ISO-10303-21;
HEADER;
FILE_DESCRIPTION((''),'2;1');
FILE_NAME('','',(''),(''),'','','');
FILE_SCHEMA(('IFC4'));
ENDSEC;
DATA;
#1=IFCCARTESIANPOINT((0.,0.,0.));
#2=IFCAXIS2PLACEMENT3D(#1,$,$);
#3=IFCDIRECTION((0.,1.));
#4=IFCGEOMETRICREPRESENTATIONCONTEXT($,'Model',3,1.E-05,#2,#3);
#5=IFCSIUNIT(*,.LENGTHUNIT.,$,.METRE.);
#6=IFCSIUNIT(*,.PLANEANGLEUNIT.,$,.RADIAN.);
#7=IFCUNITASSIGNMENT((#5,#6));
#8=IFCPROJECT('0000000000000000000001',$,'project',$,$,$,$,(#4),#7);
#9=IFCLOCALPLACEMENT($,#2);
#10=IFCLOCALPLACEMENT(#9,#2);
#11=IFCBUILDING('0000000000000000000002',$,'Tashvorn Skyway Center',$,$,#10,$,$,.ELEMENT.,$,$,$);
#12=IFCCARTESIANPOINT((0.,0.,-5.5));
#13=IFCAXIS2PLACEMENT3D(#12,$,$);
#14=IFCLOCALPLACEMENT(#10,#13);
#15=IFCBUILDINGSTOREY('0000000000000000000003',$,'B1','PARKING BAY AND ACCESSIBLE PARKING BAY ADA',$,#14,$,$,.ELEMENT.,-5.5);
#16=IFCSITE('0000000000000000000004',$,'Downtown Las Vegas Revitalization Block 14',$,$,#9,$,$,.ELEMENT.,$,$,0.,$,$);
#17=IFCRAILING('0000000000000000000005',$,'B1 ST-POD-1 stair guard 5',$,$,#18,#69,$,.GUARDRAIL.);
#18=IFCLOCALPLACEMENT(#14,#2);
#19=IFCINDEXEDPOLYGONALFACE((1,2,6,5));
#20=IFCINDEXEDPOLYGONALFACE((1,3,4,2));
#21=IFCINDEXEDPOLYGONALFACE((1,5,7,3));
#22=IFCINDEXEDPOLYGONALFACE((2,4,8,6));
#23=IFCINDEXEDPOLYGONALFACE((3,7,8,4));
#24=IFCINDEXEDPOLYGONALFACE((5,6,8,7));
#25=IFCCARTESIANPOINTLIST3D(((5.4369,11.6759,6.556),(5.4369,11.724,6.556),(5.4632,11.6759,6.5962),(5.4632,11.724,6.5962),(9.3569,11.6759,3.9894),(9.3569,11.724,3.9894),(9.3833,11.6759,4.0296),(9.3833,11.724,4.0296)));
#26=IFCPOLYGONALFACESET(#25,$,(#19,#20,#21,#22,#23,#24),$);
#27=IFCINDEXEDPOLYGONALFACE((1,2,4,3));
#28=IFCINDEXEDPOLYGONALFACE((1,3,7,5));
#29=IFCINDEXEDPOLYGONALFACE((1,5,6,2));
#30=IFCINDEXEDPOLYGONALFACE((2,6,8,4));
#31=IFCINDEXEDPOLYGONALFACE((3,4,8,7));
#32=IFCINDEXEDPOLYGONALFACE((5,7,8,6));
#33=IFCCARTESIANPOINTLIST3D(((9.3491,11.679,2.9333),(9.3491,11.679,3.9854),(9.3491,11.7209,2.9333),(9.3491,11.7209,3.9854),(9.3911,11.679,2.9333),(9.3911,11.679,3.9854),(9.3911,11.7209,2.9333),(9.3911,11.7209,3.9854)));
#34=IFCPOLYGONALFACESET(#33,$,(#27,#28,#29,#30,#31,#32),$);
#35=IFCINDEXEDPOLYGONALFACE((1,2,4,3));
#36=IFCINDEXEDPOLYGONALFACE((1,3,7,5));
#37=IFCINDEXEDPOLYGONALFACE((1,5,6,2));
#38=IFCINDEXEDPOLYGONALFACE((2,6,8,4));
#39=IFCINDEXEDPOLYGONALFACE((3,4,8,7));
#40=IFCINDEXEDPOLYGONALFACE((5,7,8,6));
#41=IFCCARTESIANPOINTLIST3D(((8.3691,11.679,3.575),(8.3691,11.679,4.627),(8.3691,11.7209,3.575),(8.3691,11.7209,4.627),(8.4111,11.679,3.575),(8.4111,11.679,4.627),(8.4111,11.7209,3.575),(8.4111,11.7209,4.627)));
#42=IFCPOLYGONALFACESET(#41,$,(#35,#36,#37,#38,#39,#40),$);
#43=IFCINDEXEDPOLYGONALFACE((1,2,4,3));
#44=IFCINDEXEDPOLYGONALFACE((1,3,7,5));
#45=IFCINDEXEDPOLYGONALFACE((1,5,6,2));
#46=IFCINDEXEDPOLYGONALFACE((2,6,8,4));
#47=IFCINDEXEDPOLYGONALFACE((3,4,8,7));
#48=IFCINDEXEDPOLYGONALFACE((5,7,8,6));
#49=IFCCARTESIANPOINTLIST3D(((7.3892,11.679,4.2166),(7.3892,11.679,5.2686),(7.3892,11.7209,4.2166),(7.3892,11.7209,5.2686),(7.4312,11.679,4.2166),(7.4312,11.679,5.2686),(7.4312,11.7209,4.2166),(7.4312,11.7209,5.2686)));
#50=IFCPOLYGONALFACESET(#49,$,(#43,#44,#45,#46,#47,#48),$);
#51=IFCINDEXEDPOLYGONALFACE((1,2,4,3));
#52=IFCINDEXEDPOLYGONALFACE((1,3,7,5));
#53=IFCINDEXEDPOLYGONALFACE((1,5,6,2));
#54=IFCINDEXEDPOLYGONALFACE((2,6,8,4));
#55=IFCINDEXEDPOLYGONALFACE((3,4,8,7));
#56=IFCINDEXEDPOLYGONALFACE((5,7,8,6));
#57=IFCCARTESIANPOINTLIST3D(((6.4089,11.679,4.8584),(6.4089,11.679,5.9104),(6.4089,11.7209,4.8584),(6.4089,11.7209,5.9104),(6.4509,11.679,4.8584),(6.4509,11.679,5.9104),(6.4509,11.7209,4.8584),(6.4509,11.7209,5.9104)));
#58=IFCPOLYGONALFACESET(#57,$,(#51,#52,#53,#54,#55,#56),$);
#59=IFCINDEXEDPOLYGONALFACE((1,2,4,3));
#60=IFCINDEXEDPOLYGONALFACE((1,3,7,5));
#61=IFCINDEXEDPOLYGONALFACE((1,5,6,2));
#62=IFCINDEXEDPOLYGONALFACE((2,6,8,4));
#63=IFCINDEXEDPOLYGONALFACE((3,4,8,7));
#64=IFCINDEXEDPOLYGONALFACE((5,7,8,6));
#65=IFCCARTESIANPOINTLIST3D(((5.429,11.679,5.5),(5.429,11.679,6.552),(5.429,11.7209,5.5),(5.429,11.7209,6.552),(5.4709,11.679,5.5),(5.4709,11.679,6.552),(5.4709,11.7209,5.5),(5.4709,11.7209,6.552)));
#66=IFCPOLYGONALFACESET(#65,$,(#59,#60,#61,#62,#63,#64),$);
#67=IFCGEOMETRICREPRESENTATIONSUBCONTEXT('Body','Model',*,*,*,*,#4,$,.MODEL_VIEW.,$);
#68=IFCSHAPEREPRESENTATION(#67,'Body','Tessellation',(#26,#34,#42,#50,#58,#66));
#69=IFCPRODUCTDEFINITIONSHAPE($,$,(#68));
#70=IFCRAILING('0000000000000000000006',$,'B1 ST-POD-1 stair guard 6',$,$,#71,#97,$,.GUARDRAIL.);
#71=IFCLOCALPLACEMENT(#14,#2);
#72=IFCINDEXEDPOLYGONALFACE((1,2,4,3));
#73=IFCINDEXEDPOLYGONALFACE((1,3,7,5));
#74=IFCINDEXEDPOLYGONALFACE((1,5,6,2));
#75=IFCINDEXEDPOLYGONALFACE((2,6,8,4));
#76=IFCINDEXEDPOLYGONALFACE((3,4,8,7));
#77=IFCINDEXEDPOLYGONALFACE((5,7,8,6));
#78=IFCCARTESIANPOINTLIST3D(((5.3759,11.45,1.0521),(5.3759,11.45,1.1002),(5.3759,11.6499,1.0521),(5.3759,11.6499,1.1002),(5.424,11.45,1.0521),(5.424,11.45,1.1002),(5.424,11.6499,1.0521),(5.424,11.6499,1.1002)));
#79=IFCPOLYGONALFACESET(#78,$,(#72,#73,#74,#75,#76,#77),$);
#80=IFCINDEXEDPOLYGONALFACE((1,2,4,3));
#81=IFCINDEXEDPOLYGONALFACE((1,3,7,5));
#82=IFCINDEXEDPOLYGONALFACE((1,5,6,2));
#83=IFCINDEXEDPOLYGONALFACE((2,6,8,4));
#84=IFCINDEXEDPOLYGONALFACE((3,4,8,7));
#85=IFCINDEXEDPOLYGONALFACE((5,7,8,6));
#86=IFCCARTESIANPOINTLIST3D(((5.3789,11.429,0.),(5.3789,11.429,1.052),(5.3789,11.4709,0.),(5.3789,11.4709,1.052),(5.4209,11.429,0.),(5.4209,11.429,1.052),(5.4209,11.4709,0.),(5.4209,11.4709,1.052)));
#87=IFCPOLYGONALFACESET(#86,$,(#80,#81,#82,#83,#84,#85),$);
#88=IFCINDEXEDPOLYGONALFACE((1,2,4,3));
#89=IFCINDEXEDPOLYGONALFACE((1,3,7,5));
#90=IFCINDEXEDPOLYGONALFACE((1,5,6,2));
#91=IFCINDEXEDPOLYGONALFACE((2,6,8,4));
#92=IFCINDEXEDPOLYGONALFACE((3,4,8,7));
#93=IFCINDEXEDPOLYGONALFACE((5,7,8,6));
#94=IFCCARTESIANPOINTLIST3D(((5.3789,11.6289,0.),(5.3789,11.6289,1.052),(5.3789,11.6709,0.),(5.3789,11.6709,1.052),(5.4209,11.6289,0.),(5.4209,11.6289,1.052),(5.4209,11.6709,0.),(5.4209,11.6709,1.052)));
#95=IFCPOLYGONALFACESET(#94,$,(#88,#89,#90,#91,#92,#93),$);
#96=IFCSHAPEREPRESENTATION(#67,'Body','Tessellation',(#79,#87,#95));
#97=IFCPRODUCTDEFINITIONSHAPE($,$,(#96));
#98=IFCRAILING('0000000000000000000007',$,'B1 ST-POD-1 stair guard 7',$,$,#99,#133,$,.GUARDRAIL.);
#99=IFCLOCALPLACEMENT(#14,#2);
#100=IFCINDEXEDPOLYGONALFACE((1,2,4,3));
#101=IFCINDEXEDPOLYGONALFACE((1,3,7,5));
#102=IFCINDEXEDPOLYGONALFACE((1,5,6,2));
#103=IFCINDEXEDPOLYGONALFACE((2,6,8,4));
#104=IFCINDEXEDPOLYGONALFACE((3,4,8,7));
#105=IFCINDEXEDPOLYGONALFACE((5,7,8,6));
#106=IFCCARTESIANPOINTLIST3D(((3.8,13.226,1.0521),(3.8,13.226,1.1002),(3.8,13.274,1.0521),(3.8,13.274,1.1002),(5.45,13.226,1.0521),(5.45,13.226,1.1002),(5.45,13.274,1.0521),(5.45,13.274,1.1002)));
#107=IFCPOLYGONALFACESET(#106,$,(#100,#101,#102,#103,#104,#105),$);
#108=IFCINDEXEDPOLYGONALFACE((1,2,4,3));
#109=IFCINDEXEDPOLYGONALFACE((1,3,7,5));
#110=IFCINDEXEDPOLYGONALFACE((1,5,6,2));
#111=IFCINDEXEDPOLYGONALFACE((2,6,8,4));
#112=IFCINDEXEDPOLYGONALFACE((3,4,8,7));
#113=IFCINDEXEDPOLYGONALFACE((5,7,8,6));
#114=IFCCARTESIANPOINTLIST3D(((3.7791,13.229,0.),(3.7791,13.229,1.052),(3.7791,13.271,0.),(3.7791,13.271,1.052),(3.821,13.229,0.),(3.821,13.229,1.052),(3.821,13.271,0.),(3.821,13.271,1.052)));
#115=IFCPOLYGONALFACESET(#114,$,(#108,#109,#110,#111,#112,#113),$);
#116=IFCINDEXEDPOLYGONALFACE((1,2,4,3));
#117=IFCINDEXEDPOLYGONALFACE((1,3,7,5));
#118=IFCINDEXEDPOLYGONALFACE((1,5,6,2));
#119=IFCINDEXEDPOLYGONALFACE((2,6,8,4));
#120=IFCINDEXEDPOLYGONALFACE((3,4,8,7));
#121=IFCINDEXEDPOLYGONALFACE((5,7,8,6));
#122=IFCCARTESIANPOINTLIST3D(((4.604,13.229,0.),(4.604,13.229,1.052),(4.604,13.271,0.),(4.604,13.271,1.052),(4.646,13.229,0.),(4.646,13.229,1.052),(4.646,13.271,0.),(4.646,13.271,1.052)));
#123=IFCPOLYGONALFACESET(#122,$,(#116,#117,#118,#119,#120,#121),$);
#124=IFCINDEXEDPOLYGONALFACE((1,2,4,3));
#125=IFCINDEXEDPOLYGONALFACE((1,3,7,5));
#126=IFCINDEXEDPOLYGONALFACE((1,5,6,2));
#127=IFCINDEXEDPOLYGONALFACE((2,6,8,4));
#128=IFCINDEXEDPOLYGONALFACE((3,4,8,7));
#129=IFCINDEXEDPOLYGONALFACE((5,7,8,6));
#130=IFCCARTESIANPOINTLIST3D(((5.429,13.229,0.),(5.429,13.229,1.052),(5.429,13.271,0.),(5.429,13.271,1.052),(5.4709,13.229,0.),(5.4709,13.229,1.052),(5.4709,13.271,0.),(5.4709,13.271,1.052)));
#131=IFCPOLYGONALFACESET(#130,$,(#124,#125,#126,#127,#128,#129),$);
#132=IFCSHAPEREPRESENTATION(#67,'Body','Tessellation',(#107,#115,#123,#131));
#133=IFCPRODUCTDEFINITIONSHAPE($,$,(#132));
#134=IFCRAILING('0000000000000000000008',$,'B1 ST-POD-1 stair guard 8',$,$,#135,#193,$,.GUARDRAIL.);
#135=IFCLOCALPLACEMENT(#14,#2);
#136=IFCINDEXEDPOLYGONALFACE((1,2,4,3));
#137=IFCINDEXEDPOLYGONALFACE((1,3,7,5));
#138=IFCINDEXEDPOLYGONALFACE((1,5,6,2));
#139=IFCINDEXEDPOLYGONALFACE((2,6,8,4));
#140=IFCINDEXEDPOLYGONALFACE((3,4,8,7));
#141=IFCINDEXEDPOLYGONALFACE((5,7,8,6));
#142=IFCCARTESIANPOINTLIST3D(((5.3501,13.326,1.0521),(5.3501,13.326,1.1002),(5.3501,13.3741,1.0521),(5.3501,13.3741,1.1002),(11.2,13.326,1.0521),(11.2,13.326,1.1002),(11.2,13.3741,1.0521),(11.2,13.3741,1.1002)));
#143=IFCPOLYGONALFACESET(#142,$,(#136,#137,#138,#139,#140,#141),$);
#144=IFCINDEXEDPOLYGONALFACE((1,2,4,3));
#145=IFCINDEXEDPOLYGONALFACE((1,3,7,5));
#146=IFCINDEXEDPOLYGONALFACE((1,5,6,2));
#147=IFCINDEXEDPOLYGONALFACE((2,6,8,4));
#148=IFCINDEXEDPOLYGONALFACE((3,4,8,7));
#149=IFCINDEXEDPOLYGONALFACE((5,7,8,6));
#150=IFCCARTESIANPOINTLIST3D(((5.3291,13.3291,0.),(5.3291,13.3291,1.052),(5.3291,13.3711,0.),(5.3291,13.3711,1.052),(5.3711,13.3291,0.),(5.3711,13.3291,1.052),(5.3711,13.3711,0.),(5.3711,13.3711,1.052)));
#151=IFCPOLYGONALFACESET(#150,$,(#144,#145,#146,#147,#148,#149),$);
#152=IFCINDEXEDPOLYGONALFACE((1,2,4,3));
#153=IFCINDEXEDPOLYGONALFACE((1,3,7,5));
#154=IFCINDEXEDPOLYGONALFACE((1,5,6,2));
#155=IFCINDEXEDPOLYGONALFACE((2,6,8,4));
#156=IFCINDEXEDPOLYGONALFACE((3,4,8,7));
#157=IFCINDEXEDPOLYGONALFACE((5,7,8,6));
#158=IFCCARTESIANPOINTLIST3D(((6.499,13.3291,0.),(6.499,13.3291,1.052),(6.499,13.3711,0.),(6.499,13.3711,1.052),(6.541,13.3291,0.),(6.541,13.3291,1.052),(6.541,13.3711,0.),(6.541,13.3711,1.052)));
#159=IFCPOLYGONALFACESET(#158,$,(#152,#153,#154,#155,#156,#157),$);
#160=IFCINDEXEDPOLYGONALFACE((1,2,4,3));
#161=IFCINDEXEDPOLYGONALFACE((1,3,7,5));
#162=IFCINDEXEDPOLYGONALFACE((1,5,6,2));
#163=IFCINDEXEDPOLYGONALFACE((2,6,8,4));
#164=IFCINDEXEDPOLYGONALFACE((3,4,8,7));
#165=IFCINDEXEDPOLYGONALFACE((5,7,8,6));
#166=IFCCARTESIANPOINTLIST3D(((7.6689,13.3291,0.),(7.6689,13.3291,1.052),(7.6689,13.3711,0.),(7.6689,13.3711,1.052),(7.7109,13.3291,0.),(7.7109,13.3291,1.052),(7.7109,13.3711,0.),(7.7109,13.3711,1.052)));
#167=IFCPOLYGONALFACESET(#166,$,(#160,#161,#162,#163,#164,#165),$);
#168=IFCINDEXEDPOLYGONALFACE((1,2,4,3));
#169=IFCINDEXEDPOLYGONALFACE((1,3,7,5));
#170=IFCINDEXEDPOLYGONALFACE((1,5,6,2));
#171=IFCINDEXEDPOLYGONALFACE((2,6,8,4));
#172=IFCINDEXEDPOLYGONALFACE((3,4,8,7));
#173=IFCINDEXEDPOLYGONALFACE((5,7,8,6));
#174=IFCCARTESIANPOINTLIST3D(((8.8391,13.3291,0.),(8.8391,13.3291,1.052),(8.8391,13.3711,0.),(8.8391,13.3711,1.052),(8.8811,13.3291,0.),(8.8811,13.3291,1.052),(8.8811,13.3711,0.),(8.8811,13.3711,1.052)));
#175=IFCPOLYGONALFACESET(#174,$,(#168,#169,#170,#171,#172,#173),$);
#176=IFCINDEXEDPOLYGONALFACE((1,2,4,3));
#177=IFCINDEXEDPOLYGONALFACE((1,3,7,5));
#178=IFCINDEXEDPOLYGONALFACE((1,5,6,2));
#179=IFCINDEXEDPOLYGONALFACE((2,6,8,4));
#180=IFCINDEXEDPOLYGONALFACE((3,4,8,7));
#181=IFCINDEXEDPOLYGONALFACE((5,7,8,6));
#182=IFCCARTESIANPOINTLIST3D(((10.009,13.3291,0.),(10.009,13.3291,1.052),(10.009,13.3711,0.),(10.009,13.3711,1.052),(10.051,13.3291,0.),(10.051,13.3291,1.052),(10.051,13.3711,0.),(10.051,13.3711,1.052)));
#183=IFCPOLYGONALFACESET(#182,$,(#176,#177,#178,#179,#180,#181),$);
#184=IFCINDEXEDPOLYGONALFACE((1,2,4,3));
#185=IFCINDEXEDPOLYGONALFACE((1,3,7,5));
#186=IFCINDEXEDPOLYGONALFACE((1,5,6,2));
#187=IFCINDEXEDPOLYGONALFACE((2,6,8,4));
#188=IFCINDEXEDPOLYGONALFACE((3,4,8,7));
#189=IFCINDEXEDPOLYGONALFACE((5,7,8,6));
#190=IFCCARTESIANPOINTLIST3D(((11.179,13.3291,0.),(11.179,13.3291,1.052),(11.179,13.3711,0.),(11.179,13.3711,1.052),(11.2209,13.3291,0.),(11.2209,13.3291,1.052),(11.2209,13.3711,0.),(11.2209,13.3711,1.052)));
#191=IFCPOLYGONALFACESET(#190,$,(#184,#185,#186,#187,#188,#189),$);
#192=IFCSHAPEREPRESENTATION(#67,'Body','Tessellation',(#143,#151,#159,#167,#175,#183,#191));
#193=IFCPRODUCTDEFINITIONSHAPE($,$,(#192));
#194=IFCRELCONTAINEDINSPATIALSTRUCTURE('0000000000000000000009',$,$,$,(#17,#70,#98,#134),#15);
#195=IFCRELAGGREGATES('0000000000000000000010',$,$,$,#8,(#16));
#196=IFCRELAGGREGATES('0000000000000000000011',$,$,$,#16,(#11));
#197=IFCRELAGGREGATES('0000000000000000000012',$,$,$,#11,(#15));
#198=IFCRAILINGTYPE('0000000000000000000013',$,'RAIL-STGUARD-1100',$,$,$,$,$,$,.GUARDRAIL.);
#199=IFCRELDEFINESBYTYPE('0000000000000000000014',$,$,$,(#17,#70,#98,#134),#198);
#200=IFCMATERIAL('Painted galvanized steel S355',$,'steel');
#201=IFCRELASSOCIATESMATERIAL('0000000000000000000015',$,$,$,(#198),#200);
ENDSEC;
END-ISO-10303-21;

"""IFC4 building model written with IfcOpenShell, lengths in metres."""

from ifc_helpers import new_model, si_unit, direction, frame, origin, origin_2d, place, context, subcontext, project, spatial, rectangle, extrude, material, type_object, element, save


model = new_model("IFC4")

# Units and contexts
model_context = context("Model", 3, precision=1e-05, world=origin(), true_north=direction((0.0, 1.0)))
body_context = subcontext(model_context, "Body", "Model", "MODEL_VIEW")
ifc_project = project(units=[si_unit("LENGTHUNIT", "METRE"), si_unit("PLANEANGLEUNIT", "RADIAN")], contexts=[model_context])

# Site, building, storey
site_placement = place(None, origin())
site = spatial("IfcSite", under=ifc_project, at=site_placement, Name="Downtown Las Vegas Revitalization Block 14", CompositionType="ELEMENT", RefElevation=0.0)
building_placement = place(site_placement, origin())
building = spatial("IfcBuilding", under=site, at=building_placement, Name="Tashvorn Skyway Center", CompositionType="ELEMENT")
storey_placement = place(building_placement, frame((0.0, 0.0, -5.5)))
storey = spatial("IfcBuildingStorey", under=building, at=storey_placement, Name="B1", Description="PARKING BAY AND ACCESSIBLE PARKING BAY ADA", CompositionType="ELEMENT", Elevation=-5.5)

# Railings
ifc_material_1 = material(Name="Painted galvanized steel S355", Category="steel")
railing_type_1 = type_object("IfcRailingType", Name="RAIL-STGUARD-1100", PredefinedType="GUARDRAIL", material=ifc_material_1)
railing_1_placement = place(storey_placement, frame((9.3701, 11.7, 2.9333)))
element("IfcRailing", 1, at=railing_1_placement, inside=storey, type_object=railing_type_1, Name="B1 ST-POD-1 stair guard 5", PredefinedType="GUARDRAIL", context=body_context, shape_type="SweptSolid", body=[
    extrude(rectangle(XDim=0.0481, YDim=0.0481, at=origin_2d()), frame((0.0, 0.0, 1.0762), z_axis=(-0.836631, 0.0, 0.547767), x_axis=(0.0, -1.0, 0.0)), (0.0, 0.0, 1.0), 4.6855),
    extrude(rectangle(XDim=0.042, YDim=0.042, at=origin_2d()), origin(), (0.0, 0.0, 1.0), 1.052),
    extrude(rectangle(XDim=0.042, YDim=0.042, at=origin_2d()), frame((-0.98, 0.0, 0.6416)), (0.0, 0.0, 1.0), 1.052),
    extrude(rectangle(XDim=0.042, YDim=0.042, at=origin_2d()), frame((-1.96, 0.0, 1.2832)), (0.0, 0.0, 1.0), 1.052),
    extrude(rectangle(XDim=0.042, YDim=0.042, at=origin_2d()), frame((-2.9402, 0.0, 1.925)), (0.0, 0.0, 1.0), 1.052),
    extrude(rectangle(XDim=0.042, YDim=0.042, at=origin_2d()), frame((-3.9202, 0.0, 2.5667)), (0.0, 0.0, 1.0), 1.052),
])
railing_2_placement = place(storey_placement, frame((5.3999, 11.45, 0.0)))
element("IfcRailing", 2, at=railing_2_placement, inside=storey, type_object=railing_type_1, Name="B1 ST-POD-1 stair guard 6", PredefinedType="GUARDRAIL", context=body_context, shape_type="SweptSolid", body=[
    extrude(rectangle(XDim=0.0481, YDim=0.0481, at=origin_2d()), frame((0.0, 0.0, 1.0762), z_axis=(0.0, 1.0, 0.0), x_axis=(-1.0, 0.0, 0.0)), (0.0, 0.0, 1.0), 0.2),
    extrude(rectangle(XDim=0.042, YDim=0.042, at=origin_2d()), origin(), (0.0, 0.0, 1.0), 1.052),
    extrude(rectangle(XDim=0.042, YDim=0.042, at=origin_2d()), frame((0.0, 0.2, 0.0)), (0.0, 0.0, 1.0), 1.052),
])
railing_3_placement = place(storey_placement, frame((3.8, 13.25, 0.0)))
element("IfcRailing", 3, at=railing_3_placement, inside=storey, type_object=railing_type_1, Name="B1 ST-POD-1 stair guard 7", PredefinedType="GUARDRAIL", context=body_context, shape_type="SweptSolid", body=[
    extrude(rectangle(XDim=0.0481, YDim=0.0481, at=origin_2d()), frame((0.0, 0.0, 1.0762), z_axis=(1.0, 0.0, 0.0), x_axis=(0.0, 1.0, 0.0)), (0.0, 0.0, 1.0), 1.6499),
    extrude(rectangle(XDim=0.042, YDim=0.042, at=origin_2d()), origin(), (0.0, 0.0, 1.0), 1.052),
    extrude(rectangle(XDim=0.042, YDim=0.042, at=origin_2d()), frame((0.825, 0.0, 0.0)), (0.0, 0.0, 1.0), 1.052),
    extrude(rectangle(XDim=0.042, YDim=0.042, at=origin_2d()), frame((1.6499, 0.0, 0.0)), (0.0, 0.0, 1.0), 1.052),
])
railing_4_placement = place(storey_placement, frame((5.3501, 13.3501, 0.0)))
element("IfcRailing", 4, at=railing_4_placement, inside=storey, type_object=railing_type_1, Name="B1 ST-POD-1 stair guard 8", PredefinedType="GUARDRAIL", context=body_context, shape_type="SweptSolid", body=[
    extrude(rectangle(XDim=0.0481, YDim=0.0481, at=origin_2d()), frame((0.0, 0.0, 1.0762), z_axis=(1.0, 0.0, 0.0), x_axis=(0.0, 1.0, 0.0)), (0.0, 0.0, 1.0), 5.8499),
    extrude(rectangle(XDim=0.042, YDim=0.042, at=origin_2d()), origin(), (0.0, 0.0, 1.0), 1.052),
    extrude(rectangle(XDim=0.042, YDim=0.042, at=origin_2d()), frame((1.1699, 0.0, 0.0)), (0.0, 0.0, 1.0), 1.052),
    extrude(rectangle(XDim=0.042, YDim=0.042, at=origin_2d()), frame((2.3398, 0.0, 0.0)), (0.0, 0.0, 1.0), 1.052),
    extrude(rectangle(XDim=0.042, YDim=0.042, at=origin_2d()), frame((3.51, 0.0, 0.0)), (0.0, 0.0, 1.0), 1.052),
    extrude(rectangle(XDim=0.042, YDim=0.042, at=origin_2d()), frame((4.6799, 0.0, 0.0)), (0.0, 0.0, 1.0), 1.052),
    extrude(rectangle(XDim=0.042, YDim=0.042, at=origin_2d()), frame((5.8499, 0.0, 0.0)), (0.0, 0.0, 1.0), 1.052),
])

save(model, "model.ifc")
